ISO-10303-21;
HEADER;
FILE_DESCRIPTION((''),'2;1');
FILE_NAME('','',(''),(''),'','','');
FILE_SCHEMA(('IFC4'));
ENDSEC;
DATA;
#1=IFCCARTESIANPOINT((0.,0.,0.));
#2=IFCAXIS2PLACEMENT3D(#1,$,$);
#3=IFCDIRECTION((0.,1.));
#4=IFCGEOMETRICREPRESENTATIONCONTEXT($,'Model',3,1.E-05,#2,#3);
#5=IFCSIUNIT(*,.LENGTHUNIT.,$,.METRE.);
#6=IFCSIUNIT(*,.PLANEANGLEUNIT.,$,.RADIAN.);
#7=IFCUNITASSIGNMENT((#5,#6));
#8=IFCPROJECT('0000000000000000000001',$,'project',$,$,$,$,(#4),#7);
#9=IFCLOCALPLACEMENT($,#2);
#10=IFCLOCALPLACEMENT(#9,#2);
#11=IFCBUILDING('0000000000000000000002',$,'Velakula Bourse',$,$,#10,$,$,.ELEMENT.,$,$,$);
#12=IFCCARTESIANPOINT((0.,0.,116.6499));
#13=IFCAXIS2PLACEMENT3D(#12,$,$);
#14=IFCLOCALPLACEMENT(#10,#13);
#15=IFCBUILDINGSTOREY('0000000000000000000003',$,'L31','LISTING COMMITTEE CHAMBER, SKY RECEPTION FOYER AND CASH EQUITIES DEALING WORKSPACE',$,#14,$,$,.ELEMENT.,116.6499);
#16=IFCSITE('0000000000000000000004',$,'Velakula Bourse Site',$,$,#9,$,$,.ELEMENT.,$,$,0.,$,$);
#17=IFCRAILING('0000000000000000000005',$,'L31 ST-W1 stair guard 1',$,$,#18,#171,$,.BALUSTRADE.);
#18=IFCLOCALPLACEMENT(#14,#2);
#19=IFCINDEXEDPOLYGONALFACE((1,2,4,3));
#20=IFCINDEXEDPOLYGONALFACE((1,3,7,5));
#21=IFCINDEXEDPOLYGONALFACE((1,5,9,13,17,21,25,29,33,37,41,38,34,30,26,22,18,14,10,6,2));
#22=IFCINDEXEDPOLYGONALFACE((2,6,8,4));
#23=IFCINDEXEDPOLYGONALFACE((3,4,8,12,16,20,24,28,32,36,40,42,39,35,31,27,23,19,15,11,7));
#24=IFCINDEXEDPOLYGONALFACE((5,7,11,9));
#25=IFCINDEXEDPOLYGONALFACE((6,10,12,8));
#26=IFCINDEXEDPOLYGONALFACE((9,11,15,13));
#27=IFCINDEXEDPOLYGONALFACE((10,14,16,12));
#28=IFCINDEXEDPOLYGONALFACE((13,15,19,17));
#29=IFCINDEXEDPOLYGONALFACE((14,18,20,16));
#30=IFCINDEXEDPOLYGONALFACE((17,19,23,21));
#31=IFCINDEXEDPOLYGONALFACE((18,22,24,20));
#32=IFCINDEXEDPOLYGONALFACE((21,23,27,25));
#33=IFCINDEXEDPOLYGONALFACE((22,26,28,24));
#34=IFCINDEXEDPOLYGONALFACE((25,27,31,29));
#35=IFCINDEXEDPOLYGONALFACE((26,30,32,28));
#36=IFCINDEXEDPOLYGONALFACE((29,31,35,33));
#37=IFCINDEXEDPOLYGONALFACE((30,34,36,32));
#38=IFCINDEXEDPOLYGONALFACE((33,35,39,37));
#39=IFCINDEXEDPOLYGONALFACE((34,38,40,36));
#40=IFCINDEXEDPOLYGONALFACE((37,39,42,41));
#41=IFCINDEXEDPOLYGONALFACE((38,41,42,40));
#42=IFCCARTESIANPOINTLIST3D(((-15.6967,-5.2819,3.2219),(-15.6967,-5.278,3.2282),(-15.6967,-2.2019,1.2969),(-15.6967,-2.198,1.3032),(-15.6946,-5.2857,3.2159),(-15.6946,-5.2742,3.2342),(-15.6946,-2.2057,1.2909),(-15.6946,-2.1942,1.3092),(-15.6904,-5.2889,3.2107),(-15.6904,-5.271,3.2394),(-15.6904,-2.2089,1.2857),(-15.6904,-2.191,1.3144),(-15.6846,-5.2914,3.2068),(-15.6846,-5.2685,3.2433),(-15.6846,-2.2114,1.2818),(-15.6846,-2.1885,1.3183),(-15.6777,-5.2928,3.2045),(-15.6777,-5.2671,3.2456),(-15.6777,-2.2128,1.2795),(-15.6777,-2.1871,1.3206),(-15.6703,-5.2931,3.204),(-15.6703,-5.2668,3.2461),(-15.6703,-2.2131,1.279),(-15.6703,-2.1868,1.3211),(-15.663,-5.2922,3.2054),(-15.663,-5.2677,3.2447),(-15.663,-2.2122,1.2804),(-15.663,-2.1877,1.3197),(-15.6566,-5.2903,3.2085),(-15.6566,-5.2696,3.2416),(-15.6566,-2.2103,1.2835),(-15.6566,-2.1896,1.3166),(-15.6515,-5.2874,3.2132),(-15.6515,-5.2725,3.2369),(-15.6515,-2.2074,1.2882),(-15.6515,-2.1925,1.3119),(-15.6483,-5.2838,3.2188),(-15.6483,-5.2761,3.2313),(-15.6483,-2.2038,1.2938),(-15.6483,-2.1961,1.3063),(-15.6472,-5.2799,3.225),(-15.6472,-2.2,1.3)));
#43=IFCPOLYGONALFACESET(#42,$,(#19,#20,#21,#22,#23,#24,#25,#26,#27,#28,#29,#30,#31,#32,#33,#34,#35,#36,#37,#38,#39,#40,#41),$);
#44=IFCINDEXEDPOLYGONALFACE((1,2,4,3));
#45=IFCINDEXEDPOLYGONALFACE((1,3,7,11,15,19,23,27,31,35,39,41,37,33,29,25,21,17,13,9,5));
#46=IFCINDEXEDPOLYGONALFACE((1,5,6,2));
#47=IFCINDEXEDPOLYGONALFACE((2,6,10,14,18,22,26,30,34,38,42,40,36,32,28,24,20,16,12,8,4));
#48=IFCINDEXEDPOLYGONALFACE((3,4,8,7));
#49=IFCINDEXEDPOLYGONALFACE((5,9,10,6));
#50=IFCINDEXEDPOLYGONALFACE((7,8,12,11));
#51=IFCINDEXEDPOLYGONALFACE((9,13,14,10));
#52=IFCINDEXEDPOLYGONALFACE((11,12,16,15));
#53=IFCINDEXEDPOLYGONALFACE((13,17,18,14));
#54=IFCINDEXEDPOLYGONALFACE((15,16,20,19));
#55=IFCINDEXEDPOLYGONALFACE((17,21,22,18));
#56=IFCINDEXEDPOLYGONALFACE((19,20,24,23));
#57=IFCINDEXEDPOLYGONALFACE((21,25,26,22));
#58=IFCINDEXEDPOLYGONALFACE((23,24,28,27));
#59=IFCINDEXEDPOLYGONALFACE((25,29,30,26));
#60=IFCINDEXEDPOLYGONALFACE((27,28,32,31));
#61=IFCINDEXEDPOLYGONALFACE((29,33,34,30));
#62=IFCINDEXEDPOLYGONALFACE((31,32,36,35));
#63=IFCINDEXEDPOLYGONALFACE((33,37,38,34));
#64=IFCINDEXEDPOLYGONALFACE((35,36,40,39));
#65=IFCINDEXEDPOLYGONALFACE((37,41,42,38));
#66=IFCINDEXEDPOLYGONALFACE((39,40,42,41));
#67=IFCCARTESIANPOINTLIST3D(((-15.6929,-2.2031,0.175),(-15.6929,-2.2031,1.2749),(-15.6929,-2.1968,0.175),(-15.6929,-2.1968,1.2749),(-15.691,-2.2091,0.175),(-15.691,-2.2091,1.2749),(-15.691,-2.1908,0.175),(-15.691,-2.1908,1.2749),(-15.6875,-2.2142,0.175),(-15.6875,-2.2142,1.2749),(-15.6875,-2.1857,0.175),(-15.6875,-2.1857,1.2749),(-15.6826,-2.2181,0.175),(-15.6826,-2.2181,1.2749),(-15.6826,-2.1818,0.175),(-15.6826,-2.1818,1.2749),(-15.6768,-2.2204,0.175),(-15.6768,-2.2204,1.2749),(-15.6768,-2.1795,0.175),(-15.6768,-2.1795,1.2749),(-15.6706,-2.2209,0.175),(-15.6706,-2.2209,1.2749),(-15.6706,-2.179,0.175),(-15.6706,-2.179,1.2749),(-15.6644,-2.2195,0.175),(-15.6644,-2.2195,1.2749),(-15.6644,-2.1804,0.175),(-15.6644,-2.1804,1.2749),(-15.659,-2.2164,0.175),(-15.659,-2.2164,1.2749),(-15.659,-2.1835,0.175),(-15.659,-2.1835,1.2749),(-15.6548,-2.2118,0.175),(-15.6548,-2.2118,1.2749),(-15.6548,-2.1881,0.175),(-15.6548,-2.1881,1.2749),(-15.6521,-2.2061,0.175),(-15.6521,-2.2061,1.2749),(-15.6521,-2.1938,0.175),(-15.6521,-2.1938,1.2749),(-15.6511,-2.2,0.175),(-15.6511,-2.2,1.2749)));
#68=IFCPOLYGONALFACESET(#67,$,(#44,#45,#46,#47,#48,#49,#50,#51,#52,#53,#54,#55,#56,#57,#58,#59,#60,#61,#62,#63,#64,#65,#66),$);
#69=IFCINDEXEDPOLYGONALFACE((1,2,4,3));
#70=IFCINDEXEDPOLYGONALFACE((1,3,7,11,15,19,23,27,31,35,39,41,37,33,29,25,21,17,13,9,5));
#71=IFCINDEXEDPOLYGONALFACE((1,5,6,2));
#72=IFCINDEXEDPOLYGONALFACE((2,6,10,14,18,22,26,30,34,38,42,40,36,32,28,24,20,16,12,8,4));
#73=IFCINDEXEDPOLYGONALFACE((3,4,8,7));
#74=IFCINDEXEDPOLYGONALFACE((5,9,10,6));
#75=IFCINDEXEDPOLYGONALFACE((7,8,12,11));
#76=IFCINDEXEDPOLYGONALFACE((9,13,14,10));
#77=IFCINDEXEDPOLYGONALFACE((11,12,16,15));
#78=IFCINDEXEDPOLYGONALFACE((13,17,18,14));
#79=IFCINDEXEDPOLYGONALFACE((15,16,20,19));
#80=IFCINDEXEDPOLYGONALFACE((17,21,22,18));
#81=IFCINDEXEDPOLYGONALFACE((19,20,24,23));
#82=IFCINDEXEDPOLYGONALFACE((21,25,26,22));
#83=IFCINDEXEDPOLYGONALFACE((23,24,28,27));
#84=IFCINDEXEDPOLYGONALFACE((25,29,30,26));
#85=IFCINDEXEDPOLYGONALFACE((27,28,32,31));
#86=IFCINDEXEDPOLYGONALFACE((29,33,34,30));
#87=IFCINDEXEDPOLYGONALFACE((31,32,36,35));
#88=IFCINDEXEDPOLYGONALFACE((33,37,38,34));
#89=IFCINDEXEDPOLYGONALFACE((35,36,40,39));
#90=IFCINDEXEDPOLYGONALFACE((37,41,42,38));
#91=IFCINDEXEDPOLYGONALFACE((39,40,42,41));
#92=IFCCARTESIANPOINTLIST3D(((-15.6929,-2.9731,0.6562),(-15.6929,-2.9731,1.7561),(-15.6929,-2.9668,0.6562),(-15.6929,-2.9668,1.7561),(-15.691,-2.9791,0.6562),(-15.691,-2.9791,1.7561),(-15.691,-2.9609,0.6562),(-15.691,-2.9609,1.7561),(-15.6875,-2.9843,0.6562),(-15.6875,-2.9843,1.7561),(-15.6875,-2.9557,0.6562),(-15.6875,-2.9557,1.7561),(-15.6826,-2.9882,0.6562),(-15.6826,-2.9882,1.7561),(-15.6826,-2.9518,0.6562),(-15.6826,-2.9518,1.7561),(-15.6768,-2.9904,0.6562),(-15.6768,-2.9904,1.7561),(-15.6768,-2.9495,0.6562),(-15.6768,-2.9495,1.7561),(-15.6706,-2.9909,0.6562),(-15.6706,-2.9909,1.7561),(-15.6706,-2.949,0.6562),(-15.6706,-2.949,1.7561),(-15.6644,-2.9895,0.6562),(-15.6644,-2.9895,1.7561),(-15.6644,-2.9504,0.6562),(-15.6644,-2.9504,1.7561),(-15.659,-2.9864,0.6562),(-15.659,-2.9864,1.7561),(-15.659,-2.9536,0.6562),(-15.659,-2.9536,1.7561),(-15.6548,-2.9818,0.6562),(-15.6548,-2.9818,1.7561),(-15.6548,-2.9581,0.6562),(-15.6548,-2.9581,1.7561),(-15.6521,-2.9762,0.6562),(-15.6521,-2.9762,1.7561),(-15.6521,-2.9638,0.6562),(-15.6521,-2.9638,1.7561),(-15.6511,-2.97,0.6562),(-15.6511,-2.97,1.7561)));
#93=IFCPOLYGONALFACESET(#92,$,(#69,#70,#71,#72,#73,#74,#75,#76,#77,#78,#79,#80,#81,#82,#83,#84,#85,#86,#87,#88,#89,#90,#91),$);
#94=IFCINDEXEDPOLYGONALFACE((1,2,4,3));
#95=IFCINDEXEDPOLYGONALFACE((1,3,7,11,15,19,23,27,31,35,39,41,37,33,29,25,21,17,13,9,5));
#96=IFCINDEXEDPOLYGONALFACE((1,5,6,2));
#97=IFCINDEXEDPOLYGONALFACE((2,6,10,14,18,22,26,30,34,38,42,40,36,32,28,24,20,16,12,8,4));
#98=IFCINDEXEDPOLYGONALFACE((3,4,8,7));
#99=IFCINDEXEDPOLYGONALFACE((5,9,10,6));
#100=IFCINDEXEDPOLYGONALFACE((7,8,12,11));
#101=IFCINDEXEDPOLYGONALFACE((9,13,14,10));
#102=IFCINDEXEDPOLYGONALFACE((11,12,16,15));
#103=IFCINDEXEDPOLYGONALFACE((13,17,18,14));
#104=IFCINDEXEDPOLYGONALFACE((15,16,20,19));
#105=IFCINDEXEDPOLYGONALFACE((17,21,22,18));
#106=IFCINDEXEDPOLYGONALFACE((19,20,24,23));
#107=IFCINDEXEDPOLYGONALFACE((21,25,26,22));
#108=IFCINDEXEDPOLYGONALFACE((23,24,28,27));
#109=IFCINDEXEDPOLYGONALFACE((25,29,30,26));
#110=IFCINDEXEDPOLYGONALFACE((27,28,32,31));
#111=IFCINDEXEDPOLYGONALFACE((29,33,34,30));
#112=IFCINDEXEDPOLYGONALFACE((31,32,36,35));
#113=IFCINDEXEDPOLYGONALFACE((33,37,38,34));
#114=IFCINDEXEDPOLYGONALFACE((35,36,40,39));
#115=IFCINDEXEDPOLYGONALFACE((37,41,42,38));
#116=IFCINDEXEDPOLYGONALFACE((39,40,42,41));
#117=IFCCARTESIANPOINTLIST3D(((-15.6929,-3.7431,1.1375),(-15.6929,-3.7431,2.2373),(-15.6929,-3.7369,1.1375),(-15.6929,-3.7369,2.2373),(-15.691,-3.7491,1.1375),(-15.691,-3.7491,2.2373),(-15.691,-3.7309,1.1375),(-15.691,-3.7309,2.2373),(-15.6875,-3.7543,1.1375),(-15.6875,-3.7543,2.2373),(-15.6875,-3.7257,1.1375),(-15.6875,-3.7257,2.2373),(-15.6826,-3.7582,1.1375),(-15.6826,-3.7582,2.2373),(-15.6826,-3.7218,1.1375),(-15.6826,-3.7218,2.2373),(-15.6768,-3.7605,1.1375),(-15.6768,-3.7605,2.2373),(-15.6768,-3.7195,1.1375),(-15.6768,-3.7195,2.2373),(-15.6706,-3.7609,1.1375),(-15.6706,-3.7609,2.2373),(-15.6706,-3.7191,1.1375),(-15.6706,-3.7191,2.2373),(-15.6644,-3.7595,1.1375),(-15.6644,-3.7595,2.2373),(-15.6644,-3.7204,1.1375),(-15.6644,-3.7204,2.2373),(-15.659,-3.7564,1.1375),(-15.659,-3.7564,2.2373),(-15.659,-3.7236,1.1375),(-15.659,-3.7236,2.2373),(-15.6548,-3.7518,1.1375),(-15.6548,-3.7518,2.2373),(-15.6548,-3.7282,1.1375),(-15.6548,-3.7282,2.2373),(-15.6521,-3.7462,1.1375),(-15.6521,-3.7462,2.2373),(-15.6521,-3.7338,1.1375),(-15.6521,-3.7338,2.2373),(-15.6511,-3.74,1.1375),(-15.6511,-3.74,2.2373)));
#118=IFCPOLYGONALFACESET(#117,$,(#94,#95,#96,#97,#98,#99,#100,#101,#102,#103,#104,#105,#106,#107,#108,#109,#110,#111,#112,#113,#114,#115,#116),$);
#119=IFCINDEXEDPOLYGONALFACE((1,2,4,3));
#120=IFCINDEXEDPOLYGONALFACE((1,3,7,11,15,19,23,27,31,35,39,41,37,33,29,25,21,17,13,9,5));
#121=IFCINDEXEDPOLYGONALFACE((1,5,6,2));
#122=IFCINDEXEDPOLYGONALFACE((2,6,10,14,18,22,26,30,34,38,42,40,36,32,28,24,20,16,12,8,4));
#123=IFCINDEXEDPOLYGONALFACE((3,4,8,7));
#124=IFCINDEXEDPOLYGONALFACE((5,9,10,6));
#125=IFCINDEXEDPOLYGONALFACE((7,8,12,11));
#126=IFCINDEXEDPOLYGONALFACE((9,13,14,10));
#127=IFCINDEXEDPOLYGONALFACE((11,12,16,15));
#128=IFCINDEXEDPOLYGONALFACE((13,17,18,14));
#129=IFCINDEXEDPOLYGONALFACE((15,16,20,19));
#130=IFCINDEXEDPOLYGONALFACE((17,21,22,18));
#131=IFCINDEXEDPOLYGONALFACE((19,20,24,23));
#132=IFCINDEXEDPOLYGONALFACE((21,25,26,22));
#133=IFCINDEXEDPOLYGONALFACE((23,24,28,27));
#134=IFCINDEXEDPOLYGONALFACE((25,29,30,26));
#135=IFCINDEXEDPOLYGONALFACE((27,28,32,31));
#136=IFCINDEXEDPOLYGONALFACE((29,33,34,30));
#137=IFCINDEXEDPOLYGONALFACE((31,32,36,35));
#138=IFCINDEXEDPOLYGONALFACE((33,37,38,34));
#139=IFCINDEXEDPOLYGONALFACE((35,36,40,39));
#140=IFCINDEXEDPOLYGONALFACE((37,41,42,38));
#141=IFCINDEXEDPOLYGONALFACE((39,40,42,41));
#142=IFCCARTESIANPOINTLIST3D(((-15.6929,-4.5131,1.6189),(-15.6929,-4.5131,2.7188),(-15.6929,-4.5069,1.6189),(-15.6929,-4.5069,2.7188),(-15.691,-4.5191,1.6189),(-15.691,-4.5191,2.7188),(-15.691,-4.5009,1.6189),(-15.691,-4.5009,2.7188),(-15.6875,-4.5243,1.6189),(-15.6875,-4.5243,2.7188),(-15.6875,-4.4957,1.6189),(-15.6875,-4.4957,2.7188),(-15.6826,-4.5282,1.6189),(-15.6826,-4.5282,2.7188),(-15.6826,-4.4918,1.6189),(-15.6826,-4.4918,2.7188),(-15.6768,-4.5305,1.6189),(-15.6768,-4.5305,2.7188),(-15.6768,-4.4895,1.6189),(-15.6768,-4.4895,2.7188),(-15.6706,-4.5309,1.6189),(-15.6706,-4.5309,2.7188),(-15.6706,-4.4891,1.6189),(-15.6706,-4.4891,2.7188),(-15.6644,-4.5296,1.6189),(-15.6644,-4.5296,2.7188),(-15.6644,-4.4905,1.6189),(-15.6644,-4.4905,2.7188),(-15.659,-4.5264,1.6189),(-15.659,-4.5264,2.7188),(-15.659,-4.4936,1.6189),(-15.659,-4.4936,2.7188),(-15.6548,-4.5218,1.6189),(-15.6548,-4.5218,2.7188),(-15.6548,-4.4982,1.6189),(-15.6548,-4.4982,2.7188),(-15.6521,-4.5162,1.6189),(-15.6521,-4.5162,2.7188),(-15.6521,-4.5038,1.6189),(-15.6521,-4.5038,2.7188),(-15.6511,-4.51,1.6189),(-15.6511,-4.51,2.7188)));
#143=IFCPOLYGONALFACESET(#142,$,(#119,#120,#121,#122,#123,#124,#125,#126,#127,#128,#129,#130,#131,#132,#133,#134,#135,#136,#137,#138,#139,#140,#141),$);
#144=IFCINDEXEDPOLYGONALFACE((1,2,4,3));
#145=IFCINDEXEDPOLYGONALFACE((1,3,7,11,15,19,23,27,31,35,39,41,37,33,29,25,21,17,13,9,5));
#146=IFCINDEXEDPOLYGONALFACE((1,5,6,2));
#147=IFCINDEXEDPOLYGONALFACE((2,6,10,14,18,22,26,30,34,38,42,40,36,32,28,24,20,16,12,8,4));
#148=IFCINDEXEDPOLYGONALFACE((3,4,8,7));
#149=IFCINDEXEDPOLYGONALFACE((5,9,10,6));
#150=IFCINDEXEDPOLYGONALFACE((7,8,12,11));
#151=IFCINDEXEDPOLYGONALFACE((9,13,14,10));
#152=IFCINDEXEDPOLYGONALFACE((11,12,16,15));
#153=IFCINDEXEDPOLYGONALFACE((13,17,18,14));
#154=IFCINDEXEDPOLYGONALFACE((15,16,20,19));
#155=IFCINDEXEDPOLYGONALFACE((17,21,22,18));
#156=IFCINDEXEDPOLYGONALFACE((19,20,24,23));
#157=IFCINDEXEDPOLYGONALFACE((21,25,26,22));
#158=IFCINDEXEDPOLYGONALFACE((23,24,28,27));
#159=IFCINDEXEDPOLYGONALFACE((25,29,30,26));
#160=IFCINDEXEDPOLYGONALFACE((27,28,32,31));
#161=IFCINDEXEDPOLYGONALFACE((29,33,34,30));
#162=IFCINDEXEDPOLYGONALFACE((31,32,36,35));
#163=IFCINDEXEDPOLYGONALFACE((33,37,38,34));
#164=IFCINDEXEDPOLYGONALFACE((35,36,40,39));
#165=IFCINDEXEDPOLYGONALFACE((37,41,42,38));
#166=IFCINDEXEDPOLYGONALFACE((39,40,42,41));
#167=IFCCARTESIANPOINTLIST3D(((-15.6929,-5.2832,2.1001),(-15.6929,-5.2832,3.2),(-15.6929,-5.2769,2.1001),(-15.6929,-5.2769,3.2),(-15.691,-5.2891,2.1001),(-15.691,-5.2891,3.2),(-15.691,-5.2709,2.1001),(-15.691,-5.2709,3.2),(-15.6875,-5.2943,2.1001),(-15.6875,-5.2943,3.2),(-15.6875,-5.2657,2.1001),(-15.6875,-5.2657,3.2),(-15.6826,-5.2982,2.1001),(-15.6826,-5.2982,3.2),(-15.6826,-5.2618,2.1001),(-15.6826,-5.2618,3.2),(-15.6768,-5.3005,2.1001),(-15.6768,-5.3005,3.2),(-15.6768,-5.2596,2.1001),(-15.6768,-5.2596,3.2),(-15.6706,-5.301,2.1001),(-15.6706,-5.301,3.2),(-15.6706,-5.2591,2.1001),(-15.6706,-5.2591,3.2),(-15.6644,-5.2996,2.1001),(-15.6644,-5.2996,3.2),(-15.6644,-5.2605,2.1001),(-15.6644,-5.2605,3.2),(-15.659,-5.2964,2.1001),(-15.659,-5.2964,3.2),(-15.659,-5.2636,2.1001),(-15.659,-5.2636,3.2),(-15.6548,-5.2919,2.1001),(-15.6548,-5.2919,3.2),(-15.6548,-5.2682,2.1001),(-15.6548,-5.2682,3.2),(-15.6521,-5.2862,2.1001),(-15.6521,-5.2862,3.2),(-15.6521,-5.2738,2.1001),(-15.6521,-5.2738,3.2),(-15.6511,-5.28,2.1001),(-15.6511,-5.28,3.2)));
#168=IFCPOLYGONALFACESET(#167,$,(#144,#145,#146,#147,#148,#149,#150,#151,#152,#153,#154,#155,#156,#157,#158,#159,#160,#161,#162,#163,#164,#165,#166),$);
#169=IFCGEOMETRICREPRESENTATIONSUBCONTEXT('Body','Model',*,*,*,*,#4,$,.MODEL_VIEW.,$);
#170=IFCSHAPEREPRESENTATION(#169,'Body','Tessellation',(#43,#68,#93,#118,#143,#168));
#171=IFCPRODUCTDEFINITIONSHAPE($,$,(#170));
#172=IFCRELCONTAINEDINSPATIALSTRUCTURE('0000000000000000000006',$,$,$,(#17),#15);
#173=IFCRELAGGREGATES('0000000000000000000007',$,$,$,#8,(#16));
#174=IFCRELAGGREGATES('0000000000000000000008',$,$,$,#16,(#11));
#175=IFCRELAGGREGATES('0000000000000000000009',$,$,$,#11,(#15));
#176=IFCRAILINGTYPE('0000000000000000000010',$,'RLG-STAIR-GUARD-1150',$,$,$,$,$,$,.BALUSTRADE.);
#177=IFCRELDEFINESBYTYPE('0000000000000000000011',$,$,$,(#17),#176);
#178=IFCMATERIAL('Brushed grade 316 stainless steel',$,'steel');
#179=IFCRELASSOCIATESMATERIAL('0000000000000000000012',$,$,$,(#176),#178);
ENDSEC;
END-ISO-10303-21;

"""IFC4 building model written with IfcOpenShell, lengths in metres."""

from ifc_helpers import new_model, si_unit, direction, frame, origin, origin_2d, place, context, subcontext, project, spatial, circle, extrude, material, type_object, element, save


model = new_model("IFC4")

# Units and contexts
model_context = context("Model", 3, precision=1e-05, world=origin(), true_north=direction((0.0, 1.0)))
body_context = subcontext(model_context, "Body", "Model", "MODEL_VIEW")
ifc_project = project(units=[si_unit("LENGTHUNIT", "METRE"), si_unit("PLANEANGLEUNIT", "RADIAN")], contexts=[model_context])

# Site, building, storey
site_placement = place(None, origin())
site = spatial("IfcSite", under=ifc_project, at=site_placement, Name="Velakula Bourse Site", CompositionType="ELEMENT", RefElevation=0.0)
building_placement = place(site_placement, origin())
building = spatial("IfcBuilding", under=site, at=building_placement, Name="Velakula Bourse", CompositionType="ELEMENT")
storey_placement = place(building_placement, frame((0.0, 0.0, 116.6499)))
storey = spatial("IfcBuildingStorey", under=building, at=storey_placement, Name="L31", Description="LISTING COMMITTEE CHAMBER, SKY RECEPTION FOYER AND CASH EQUITIES DEALING WORKSPACE", CompositionType="ELEMENT", Elevation=116.6499)

# Shared definitions
ifc_material_1 = material(Name="Brushed grade 316 stainless steel", Category="steel")

# Railing
railing_type_1 = type_object("IfcRailingType", Name="RLG-STAIR-GUARD-1150", PredefinedType="BALUSTRADE", material=ifc_material_1)
railing_1_placement = place(storey_placement, frame((-15.6721, -2.2, 0.175)))
element("IfcRailing", 1, at=railing_1_placement, inside=storey, type_object=railing_type_1, Name="L31 ST-W1 stair guard 1", PredefinedType="BALUSTRADE", context=body_context, shape_type="SweptSolid", body=[
    extrude(circle(Radius=0.0249, at=origin_2d()), frame((0.0, 0.0, 1.125), z_axis=(0.0, -0.847998, 0.529999), x_axis=(1.0, 0.0, 0.0)), (0.0, 0.0, 1.0), 3.6321),
    extrude(circle(Radius=0.021, at=origin_2d()), origin(), (0.0, 0.0, 1.0), 1.0999),
    extrude(circle(Radius=0.021, at=origin_2d()), frame((0.0, -0.77, 0.4812)), (0.0, 0.0, 1.0), 1.0999),
    extrude(circle(Radius=0.021, at=origin_2d()), frame((0.0, -1.54, 0.9624)), (0.0, 0.0, 1.0), 1.0999),
    extrude(circle(Radius=0.021, at=origin_2d()), frame((0.0, -2.3101, 1.4438)), (0.0, 0.0, 1.0), 1.0999),
    extrude(circle(Radius=0.021, at=origin_2d()), frame((0.0, -3.0801, 1.925)), (0.0, 0.0, 1.0), 1.0999),
])

save(model, "model.ifc")
